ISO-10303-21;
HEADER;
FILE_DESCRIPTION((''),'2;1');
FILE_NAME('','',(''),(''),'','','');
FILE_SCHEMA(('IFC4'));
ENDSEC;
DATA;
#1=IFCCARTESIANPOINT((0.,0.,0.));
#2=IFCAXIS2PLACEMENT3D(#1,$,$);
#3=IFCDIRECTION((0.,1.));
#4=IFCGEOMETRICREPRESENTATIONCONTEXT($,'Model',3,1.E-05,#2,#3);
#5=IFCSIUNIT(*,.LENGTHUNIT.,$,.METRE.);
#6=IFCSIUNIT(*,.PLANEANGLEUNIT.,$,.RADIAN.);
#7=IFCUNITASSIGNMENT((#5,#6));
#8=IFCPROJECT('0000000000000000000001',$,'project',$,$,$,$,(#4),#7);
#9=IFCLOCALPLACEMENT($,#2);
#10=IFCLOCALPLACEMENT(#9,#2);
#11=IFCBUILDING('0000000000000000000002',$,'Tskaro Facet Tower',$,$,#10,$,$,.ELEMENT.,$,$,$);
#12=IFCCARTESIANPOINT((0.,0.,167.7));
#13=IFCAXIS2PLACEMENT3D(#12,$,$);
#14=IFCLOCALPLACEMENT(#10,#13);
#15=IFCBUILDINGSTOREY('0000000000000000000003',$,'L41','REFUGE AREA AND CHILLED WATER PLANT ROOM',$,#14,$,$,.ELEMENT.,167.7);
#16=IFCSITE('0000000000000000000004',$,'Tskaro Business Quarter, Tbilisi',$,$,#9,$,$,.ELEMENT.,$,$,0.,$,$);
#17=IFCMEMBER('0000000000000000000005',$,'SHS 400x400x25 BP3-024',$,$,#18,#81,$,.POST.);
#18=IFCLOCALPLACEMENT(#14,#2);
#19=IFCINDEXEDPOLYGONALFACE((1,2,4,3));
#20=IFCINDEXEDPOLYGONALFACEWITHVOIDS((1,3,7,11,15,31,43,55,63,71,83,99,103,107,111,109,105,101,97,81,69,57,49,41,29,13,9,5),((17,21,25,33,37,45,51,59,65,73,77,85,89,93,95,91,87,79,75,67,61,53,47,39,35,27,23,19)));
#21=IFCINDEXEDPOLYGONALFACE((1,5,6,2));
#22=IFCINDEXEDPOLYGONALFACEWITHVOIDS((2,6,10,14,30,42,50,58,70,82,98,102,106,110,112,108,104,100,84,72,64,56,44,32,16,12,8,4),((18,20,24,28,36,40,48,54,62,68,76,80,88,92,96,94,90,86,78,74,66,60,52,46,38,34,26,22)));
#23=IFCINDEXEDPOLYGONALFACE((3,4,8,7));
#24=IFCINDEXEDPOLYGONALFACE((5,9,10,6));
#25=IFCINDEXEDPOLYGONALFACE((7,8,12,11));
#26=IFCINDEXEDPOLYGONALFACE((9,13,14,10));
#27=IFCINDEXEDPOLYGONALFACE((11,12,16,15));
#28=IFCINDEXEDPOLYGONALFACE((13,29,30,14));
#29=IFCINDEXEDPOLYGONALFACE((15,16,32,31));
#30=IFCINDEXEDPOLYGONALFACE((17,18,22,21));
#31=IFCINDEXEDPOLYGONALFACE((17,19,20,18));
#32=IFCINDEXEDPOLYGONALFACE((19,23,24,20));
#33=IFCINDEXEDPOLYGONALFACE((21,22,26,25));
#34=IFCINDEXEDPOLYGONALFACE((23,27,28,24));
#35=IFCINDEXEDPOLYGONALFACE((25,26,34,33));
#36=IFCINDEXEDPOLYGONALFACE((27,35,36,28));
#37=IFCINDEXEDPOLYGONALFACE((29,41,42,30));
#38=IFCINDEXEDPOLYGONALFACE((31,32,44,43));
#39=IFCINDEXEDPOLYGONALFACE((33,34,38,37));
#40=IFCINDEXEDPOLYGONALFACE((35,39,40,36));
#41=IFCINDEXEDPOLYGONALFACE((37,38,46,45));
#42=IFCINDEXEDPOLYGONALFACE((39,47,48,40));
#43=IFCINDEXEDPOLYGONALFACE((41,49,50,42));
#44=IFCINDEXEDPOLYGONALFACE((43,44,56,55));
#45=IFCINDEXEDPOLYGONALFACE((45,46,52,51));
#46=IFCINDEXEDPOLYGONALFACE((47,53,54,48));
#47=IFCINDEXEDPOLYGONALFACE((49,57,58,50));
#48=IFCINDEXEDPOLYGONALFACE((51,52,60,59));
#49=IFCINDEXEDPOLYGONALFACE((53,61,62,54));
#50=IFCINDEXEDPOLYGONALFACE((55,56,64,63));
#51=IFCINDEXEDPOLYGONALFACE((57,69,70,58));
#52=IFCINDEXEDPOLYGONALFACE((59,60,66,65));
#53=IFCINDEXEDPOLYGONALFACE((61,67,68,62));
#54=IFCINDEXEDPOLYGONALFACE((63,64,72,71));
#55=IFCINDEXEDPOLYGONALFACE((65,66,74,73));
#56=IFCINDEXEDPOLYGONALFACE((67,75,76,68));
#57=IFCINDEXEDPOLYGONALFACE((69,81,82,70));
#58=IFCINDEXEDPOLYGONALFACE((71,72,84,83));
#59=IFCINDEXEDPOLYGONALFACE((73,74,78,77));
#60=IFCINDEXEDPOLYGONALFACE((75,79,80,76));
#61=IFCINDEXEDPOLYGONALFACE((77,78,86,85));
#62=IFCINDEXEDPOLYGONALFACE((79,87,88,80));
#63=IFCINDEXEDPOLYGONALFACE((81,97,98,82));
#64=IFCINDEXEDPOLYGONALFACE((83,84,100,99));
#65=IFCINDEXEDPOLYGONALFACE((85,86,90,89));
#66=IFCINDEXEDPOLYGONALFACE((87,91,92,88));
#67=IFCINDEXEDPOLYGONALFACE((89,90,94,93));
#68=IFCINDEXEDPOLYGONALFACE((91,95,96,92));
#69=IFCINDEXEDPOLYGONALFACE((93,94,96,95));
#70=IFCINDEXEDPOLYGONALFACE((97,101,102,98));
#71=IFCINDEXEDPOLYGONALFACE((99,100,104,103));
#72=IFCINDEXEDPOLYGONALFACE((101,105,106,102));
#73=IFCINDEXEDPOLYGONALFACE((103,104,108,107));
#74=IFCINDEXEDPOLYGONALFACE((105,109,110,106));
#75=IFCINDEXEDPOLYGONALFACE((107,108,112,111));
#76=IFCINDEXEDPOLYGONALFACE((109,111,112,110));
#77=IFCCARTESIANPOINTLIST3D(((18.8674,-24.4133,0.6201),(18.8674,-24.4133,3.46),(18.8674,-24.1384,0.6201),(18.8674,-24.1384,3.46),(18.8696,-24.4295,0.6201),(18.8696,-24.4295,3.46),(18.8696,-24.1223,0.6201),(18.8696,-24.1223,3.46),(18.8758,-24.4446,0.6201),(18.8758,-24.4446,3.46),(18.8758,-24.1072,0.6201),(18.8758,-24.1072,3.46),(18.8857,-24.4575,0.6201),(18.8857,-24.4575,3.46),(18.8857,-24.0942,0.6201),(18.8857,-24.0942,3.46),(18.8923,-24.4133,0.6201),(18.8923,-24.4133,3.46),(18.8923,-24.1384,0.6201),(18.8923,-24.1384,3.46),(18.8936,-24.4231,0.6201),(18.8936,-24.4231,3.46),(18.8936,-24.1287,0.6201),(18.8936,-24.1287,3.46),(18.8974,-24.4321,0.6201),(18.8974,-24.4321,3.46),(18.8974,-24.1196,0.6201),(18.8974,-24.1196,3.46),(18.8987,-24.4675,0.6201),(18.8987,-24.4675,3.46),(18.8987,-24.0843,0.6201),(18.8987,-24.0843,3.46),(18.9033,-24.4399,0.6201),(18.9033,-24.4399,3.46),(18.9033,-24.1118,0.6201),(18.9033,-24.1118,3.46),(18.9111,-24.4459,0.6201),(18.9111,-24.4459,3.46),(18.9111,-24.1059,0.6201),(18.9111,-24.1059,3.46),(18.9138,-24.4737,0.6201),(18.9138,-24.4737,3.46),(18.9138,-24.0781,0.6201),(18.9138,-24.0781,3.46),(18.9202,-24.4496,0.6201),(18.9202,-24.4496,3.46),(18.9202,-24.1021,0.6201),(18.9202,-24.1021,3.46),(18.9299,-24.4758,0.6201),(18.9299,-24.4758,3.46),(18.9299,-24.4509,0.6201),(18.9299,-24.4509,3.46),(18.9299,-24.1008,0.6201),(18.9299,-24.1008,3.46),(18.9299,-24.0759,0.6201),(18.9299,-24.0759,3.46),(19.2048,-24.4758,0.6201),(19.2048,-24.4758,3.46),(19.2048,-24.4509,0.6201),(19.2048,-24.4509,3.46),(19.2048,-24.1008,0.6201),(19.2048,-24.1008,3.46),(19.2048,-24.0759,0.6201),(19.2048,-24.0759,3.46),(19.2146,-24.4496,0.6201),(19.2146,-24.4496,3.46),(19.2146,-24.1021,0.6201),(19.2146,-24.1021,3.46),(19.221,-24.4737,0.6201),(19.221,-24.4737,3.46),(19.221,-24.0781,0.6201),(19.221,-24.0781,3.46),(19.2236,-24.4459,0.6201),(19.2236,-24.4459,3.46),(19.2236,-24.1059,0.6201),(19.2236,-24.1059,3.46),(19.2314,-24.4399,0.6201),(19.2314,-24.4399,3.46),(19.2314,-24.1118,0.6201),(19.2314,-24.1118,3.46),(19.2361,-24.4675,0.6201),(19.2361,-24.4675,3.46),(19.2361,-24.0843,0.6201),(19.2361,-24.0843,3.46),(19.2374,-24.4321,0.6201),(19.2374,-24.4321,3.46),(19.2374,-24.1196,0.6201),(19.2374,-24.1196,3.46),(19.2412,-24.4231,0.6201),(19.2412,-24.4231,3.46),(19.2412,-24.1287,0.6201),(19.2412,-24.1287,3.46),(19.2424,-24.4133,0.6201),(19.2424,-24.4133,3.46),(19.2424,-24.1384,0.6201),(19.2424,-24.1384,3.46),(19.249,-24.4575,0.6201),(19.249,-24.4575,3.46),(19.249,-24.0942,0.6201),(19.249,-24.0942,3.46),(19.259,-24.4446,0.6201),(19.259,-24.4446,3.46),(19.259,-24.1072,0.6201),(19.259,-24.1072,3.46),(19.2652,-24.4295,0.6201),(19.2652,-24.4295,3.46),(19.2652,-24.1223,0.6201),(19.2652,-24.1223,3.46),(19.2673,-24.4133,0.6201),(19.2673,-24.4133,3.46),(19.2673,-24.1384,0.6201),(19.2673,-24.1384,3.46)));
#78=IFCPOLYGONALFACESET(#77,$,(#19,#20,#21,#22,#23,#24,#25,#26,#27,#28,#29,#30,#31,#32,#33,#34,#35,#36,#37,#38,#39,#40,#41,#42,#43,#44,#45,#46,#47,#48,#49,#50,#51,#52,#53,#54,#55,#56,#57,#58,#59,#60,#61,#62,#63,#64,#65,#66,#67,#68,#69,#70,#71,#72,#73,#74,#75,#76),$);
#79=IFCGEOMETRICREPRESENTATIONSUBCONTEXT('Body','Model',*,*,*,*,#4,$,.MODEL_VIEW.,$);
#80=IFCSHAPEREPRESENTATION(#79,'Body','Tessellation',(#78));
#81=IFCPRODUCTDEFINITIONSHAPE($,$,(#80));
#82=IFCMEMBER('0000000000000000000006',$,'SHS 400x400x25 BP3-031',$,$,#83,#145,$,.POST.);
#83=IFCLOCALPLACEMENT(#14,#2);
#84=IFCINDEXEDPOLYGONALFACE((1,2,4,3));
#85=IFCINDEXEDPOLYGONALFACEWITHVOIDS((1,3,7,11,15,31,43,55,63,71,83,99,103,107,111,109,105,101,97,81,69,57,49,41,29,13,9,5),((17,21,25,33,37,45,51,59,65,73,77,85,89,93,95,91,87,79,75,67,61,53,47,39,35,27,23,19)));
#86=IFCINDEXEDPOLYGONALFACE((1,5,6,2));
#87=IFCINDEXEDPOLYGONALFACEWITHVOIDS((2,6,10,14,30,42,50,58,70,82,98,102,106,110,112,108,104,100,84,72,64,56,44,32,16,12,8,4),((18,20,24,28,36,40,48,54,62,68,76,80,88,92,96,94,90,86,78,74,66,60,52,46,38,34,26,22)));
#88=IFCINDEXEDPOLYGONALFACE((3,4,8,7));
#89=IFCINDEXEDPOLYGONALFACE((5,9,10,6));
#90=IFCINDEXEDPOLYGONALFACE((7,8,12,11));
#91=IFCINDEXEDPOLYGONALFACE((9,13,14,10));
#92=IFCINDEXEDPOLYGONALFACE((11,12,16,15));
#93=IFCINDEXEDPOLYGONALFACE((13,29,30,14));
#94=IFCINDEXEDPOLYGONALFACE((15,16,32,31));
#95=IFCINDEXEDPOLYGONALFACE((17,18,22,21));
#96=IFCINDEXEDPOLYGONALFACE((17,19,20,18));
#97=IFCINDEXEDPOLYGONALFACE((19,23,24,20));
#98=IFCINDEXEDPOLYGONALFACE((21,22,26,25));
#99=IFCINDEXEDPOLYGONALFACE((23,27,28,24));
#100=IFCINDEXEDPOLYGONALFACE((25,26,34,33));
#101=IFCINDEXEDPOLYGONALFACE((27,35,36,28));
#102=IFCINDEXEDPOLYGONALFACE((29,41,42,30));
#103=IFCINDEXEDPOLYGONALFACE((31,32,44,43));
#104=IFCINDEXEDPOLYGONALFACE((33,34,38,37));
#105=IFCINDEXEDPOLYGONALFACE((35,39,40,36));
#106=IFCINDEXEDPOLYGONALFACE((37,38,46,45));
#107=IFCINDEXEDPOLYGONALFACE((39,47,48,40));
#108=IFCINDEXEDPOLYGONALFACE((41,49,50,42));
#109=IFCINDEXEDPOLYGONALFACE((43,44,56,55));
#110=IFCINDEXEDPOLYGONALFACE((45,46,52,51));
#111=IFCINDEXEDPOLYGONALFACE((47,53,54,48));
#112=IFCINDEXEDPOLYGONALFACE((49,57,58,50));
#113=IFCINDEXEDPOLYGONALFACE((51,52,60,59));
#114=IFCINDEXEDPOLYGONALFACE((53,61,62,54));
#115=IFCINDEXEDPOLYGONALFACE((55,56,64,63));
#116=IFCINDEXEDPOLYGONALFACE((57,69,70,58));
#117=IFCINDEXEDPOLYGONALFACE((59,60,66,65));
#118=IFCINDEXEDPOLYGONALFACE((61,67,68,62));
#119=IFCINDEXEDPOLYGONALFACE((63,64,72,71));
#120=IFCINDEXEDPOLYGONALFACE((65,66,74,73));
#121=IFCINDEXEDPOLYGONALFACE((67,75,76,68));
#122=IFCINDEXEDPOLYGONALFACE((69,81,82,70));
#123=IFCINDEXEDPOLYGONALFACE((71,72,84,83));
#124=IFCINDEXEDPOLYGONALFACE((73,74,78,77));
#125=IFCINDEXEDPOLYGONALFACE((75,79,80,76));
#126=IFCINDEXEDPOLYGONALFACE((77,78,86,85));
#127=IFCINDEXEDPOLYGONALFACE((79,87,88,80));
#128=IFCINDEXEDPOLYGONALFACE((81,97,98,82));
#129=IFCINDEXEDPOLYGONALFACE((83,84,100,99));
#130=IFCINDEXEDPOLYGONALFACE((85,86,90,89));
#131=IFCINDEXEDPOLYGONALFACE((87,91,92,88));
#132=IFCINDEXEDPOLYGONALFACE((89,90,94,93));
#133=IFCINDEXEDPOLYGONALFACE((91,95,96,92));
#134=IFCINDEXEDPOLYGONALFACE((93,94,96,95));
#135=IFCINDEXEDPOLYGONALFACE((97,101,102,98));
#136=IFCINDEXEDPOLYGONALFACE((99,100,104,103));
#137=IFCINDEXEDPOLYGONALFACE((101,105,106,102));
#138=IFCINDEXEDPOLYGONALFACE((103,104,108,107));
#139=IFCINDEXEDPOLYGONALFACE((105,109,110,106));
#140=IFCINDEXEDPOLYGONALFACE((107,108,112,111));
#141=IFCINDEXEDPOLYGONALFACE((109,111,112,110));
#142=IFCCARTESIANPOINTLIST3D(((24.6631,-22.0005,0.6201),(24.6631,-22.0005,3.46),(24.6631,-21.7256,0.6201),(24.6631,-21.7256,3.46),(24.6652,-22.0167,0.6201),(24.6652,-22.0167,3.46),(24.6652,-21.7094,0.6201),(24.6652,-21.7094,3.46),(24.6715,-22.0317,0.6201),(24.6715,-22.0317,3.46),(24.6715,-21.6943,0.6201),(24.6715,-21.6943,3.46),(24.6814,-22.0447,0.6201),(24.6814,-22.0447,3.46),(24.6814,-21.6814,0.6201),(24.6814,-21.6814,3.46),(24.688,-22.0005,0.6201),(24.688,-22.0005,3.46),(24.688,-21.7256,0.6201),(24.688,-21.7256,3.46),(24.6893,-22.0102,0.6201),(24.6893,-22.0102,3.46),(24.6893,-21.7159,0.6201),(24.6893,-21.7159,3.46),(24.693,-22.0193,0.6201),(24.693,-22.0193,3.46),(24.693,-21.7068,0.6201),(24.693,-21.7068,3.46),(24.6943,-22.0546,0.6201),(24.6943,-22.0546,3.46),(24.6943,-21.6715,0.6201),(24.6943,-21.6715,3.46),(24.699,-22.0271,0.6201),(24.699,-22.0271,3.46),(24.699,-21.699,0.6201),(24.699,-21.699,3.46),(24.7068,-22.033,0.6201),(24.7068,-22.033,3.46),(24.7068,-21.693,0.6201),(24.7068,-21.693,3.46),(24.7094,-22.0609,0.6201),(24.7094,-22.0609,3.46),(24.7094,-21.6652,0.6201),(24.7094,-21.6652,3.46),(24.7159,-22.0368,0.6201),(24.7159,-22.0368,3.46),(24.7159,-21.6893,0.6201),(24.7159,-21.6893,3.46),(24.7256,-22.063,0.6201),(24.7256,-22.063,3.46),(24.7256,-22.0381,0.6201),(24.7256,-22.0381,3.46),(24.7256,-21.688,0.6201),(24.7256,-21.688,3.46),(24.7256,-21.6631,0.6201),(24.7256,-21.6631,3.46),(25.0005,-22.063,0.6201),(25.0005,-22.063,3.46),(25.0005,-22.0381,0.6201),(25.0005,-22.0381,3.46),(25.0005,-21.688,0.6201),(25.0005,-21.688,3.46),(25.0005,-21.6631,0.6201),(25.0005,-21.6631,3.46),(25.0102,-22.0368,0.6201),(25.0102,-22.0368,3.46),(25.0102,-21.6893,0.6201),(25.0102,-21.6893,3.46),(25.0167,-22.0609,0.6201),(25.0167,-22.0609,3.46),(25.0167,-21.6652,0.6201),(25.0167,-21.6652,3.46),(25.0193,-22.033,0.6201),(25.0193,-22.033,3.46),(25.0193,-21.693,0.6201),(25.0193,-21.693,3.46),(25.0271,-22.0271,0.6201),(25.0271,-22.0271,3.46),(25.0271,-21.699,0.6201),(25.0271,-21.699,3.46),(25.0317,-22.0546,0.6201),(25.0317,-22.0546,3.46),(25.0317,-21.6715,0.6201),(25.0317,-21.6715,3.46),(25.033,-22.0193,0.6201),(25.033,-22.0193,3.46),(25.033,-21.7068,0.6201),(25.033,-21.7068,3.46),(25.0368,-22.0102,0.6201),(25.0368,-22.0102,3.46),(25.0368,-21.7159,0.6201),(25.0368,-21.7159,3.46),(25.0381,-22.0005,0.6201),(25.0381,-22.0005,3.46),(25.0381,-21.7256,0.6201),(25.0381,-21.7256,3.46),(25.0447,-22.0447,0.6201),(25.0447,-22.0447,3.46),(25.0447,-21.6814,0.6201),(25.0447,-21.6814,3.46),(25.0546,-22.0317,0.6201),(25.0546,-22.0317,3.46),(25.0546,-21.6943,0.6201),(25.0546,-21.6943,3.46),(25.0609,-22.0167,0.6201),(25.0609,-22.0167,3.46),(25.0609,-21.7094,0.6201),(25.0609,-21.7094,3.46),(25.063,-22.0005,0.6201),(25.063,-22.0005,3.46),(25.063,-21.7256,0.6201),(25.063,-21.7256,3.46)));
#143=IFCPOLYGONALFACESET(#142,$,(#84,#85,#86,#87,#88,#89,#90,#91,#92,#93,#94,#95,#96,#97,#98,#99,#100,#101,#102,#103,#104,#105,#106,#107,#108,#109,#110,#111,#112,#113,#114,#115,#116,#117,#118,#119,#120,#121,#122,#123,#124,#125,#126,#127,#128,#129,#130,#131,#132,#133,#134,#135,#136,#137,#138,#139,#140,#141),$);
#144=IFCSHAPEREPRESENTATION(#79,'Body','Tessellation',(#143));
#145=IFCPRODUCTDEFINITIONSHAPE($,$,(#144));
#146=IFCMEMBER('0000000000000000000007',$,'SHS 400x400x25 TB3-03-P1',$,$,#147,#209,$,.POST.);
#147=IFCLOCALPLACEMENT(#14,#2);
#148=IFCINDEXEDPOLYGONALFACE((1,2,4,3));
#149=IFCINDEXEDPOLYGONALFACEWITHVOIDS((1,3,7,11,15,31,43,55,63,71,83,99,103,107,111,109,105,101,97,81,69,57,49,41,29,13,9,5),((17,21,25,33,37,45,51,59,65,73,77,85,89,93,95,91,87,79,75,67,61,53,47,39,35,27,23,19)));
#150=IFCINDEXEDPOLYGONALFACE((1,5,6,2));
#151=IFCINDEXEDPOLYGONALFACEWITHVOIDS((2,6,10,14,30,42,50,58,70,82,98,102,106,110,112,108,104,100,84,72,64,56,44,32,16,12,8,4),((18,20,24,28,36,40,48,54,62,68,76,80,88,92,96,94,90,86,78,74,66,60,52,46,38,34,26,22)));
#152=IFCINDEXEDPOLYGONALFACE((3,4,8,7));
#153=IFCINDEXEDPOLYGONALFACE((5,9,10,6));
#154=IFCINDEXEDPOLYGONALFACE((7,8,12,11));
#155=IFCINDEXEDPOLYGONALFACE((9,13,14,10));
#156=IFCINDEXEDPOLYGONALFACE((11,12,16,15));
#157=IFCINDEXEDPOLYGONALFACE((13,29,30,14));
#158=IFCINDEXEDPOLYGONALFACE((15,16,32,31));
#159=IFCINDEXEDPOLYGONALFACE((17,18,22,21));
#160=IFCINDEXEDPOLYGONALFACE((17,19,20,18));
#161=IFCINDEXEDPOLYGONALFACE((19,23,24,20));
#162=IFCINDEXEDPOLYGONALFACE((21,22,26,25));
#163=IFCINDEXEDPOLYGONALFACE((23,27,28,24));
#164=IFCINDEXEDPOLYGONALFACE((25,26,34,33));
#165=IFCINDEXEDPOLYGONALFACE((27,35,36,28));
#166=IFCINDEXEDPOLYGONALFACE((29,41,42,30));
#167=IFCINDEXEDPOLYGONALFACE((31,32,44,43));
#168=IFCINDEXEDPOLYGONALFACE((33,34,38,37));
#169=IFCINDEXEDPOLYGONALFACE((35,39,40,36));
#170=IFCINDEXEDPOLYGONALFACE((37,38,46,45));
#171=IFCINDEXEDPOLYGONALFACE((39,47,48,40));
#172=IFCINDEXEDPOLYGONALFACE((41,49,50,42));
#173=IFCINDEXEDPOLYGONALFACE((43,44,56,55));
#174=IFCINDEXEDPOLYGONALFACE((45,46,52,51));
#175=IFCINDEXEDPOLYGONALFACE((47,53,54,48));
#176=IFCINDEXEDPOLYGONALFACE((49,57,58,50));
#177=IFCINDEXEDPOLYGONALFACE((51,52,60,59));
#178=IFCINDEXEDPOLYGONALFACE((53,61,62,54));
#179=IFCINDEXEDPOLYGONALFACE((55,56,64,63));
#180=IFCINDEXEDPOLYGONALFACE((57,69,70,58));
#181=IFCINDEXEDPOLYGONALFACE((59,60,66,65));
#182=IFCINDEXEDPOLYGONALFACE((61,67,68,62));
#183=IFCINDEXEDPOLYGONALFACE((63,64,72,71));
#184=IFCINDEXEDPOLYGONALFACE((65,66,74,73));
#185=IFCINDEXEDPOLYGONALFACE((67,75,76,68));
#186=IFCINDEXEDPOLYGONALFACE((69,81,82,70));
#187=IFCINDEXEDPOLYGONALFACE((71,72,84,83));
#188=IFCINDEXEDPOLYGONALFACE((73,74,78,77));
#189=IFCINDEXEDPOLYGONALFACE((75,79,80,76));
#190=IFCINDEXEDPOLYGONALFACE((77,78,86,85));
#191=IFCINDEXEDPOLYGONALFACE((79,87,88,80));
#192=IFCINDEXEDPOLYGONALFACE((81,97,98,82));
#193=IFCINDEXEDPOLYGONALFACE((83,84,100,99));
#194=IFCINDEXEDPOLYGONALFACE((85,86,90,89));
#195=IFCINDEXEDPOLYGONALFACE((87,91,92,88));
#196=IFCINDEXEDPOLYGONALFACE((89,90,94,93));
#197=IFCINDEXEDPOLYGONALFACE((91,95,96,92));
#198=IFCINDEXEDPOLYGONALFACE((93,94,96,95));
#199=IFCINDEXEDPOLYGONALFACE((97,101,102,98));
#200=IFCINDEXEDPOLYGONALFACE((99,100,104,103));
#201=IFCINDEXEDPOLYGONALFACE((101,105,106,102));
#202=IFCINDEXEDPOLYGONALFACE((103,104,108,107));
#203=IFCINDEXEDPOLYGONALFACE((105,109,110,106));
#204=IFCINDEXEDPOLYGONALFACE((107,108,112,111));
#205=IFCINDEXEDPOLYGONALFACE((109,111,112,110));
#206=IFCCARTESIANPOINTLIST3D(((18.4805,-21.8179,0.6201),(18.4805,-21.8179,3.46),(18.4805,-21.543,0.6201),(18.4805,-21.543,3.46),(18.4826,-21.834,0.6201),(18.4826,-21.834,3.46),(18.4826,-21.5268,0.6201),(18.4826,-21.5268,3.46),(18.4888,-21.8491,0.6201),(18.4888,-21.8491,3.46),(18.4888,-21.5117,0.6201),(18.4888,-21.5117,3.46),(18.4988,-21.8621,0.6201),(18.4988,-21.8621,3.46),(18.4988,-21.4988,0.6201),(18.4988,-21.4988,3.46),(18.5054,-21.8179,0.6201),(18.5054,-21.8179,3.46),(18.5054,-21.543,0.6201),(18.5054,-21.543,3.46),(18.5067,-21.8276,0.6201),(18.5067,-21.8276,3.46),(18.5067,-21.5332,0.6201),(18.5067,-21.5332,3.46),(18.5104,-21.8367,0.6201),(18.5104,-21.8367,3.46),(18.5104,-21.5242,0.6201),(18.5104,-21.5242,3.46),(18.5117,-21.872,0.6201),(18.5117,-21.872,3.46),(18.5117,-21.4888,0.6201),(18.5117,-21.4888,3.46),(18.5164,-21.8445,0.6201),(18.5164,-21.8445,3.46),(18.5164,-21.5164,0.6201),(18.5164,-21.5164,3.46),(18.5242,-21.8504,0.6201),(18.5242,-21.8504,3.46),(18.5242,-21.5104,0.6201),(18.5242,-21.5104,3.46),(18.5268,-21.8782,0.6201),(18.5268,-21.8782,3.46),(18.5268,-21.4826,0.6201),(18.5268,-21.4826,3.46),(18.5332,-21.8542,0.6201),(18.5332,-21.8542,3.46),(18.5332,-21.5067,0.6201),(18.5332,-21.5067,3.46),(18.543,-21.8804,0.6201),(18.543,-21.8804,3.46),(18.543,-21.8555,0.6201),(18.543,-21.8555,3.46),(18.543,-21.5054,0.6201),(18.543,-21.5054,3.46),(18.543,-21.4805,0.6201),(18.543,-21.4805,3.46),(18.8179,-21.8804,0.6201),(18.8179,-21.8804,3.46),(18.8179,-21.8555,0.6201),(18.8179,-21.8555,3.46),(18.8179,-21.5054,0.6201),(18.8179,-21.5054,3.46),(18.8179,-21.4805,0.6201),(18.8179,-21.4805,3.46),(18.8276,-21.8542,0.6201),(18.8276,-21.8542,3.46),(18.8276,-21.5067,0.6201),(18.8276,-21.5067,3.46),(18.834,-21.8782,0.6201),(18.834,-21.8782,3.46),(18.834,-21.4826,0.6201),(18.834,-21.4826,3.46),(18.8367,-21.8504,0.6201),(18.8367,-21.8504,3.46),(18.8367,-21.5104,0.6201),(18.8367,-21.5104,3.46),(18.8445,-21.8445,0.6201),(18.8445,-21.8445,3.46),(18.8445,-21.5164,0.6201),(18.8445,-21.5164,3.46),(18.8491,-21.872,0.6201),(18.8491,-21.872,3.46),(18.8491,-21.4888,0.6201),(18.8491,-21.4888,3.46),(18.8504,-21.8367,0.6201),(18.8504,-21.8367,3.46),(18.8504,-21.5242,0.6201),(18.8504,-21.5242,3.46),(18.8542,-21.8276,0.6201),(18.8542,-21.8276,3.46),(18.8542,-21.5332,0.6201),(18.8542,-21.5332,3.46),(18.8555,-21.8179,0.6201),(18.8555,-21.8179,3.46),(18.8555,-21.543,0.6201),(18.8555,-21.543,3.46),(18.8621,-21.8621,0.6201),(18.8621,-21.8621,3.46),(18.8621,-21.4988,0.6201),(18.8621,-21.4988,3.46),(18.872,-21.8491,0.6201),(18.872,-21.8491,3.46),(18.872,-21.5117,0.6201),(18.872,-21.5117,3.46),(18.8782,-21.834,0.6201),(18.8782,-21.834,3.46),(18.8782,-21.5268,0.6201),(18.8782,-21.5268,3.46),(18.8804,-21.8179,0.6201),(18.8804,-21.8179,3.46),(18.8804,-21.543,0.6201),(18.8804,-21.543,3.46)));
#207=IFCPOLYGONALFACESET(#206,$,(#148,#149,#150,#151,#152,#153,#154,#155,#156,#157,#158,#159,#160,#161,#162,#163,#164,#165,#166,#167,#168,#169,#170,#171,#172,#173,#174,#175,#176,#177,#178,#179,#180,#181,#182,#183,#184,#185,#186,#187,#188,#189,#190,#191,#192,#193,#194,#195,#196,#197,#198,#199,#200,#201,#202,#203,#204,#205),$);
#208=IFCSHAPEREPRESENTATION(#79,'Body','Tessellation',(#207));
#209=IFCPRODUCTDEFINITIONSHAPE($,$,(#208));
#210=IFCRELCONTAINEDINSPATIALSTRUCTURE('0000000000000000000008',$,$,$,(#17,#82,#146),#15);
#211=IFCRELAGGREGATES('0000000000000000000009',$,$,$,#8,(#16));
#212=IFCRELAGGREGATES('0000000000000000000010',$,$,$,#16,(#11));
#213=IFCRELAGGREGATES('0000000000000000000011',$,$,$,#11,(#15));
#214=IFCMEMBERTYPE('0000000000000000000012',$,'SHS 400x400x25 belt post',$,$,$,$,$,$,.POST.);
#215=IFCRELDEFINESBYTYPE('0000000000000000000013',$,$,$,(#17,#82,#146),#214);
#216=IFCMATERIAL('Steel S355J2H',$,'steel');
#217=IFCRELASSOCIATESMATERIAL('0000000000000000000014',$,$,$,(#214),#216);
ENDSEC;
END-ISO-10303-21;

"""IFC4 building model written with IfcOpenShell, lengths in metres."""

from ifc_helpers import new_model, si_unit, direction, frame, origin, origin_2d, place, context, subcontext, project, spatial, hollow_rectangle, extrude, material, material_profile, profile_set, type_object, element, save


model = new_model("IFC4")

# Units and contexts
model_context = context("Model", 3, precision=1e-05, world=origin(), true_north=direction((0.0, 1.0)))
body_context = subcontext(model_context, "Body", "Model", "MODEL_VIEW")
ifc_project = project(units=[si_unit("LENGTHUNIT", "METRE"), si_unit("PLANEANGLEUNIT", "RADIAN")], contexts=[model_context])

# Site, building, storey
site_placement = place(None, origin())
site = spatial("IfcSite", under=ifc_project, at=site_placement, Name="Tskaro Business Quarter, Tbilisi", CompositionType="ELEMENT", RefElevation=0.0)
building_placement = place(site_placement, origin())
building = spatial("IfcBuilding", under=site, at=building_placement, Name="Tskaro Facet Tower", CompositionType="ELEMENT")
storey_placement = place(building_placement, frame((0.0, 0.0, 167.7)))
storey = spatial("IfcBuildingStorey", under=building, at=storey_placement, Name="L41", Description="REFUGE AREA AND CHILLED WATER PLANT ROOM", CompositionType="ELEMENT", Elevation=167.7)

# Shared definitions
ifc_material_1 = material(Name="Steel S355J2H", Category="steel")

# Members
ifc_material_profile_1 = material_profile(ifc_material_1, hollow_rectangle(XDim=0.3999, YDim=0.3999, WallThickness=0.0249, InnerFilletRadius=0.0376, OuterFilletRadius=0.0625, at=origin_2d()), Name="SHS 400x400x25")
ifc_profile_set_1 = profile_set([ifc_material_profile_1], Name="Steel S355J2H")
member_type_1 = type_object("IfcMemberType", Name="SHS 400x400x25 belt post", PredefinedType="POST", material=ifc_profile_set_1)
for number, where, z_axis, x_axis, name in (
    (1, (19.0674, -24.2759, 0.6201), (0.0, 0.0, 1.0), (1.0, 0.0, 0.0), "SHS 400x400x25 BP3-024"),
    (2, (24.863, -21.863, 0.6201), (0.0, 0.0, 1.0), (1.0, 0.0, 0.0), "SHS 400x400x25 BP3-031"),
    (3, (18.6804, -21.6804, 0.6201), (0.0, 0.0, 1.0), (1.0, 0.0, 0.0), "SHS 400x400x25 TB3-03-P1"),
):
    element("IfcMember", number, at=place(storey_placement, frame(where, z_axis=z_axis, x_axis=x_axis)), inside=storey, type_object=member_type_1, Name=name, PredefinedType="POST", context=body_context, shape_type="SweptSolid", body=[
        extrude(hollow_rectangle(XDim=0.3999, YDim=0.3999, WallThickness=0.0249, InnerFilletRadius=0.0376, OuterFilletRadius=0.0625, at=origin_2d()), origin(), (0.0, 0.0, 1.0), 2.8398),
    ])

save(model, "model.ifc")
